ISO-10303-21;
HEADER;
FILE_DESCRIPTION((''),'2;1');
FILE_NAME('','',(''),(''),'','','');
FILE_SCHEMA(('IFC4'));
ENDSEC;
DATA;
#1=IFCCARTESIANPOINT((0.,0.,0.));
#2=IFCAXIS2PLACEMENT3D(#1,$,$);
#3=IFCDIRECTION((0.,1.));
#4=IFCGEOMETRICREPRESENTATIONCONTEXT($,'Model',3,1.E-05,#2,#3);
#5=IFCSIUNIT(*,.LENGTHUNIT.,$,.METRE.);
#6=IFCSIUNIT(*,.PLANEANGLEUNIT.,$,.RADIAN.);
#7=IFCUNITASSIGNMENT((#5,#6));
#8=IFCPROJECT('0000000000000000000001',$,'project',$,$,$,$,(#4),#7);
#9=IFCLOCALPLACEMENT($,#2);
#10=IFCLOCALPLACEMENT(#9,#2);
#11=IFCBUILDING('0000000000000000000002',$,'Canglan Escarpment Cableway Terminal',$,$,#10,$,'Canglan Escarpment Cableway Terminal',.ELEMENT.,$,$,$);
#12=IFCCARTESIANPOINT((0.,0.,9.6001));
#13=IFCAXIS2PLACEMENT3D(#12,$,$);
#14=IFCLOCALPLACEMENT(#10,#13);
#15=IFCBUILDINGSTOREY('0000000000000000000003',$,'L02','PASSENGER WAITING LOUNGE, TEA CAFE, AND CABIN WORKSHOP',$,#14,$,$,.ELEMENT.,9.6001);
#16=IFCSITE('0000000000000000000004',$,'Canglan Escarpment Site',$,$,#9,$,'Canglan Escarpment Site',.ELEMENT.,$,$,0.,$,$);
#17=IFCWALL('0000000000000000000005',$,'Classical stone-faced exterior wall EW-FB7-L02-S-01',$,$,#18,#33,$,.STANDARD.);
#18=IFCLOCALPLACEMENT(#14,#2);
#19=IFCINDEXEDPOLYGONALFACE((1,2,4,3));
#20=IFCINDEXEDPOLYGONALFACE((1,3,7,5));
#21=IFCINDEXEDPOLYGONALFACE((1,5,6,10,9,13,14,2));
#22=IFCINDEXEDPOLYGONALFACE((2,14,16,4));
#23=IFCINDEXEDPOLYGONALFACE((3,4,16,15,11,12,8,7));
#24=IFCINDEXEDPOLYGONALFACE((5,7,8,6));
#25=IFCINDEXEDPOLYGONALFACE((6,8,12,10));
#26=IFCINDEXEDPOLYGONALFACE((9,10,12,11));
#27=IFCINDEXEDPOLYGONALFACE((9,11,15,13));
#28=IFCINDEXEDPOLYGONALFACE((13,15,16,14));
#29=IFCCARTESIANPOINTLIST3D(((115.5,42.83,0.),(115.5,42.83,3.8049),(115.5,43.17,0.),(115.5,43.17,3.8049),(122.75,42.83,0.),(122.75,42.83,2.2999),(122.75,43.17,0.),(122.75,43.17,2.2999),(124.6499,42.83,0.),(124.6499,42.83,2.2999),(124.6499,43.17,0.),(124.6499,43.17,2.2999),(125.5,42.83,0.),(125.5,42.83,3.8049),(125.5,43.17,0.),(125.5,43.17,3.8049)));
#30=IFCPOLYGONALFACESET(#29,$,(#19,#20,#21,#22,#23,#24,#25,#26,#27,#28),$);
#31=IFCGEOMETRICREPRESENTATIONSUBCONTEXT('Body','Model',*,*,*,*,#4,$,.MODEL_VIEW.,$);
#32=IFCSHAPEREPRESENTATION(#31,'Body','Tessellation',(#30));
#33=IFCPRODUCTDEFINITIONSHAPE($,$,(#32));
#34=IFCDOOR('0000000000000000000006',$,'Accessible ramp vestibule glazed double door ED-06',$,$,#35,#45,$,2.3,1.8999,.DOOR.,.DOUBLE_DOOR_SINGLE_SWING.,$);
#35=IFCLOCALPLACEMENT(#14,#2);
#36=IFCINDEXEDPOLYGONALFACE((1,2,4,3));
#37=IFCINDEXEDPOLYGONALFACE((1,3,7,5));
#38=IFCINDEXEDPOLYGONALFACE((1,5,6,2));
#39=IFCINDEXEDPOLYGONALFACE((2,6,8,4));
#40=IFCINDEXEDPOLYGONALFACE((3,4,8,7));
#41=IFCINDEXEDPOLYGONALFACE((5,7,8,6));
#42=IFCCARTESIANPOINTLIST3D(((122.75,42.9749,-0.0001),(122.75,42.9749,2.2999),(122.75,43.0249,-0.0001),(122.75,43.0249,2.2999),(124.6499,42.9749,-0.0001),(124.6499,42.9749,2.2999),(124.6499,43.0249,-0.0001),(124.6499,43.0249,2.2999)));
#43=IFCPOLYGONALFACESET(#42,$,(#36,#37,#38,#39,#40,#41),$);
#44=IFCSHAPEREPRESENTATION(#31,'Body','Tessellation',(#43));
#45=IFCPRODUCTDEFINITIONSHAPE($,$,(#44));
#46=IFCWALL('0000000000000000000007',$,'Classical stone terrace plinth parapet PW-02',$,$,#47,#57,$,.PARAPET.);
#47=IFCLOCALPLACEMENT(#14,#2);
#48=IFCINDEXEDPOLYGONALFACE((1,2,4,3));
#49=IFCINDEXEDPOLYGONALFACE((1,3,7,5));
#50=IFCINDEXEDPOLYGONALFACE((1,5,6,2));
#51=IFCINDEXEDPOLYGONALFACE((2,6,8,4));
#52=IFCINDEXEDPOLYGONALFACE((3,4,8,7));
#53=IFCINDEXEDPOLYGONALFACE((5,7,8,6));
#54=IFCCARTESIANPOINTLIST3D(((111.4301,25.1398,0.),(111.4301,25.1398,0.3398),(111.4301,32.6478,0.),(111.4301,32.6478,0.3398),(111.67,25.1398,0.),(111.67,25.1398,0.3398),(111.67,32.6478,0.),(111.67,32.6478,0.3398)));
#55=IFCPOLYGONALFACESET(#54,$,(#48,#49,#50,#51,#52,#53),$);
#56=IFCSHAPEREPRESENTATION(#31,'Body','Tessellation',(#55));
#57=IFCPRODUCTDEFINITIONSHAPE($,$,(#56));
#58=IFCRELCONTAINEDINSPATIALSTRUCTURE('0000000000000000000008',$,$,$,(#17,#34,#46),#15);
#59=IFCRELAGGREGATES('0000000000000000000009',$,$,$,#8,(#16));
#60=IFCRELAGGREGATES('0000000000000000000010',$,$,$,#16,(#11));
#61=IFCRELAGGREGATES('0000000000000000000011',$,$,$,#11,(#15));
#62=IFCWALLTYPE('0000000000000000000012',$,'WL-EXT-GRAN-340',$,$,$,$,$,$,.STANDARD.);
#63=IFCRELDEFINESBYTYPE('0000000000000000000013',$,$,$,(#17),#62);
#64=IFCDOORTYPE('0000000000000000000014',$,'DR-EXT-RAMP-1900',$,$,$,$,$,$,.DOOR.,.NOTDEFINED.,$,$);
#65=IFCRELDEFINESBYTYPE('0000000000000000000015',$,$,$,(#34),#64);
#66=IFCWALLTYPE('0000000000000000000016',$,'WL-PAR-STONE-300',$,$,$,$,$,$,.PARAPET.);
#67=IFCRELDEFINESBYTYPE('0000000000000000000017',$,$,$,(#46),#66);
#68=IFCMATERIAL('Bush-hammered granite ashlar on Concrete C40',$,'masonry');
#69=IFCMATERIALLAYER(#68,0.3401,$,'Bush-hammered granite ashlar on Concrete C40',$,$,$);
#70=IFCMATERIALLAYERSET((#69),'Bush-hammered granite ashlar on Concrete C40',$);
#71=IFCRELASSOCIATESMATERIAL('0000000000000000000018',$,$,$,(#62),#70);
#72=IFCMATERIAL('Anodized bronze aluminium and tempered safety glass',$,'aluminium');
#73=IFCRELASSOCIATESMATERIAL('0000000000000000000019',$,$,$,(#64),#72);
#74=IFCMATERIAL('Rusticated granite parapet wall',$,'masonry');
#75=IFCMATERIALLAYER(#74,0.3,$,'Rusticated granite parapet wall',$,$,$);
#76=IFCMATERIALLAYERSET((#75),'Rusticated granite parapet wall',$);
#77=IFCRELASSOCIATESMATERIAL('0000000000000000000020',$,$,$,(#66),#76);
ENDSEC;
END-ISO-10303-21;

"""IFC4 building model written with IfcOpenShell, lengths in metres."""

from ifc_helpers import new_model, si_unit, direction, frame, frame_2d, origin, place, context, subcontext, project, spatial, rectangle, extrude, material, layer, layer_set, type_object, element, fill, save


model = new_model("IFC4")

# Units and contexts
model_context = context("Model", 3, precision=1e-05, world=origin(), true_north=direction((0.0, 1.0)))
body_context = subcontext(model_context, "Body", "Model", "MODEL_VIEW")
ifc_project = project(units=[si_unit("LENGTHUNIT", "METRE"), si_unit("PLANEANGLEUNIT", "RADIAN")], contexts=[model_context])

# Site, building, storey
site_placement = place(None, origin())
site = spatial("IfcSite", under=ifc_project, at=site_placement, Name="Canglan Escarpment Site", LongName="Canglan Escarpment Site", CompositionType="ELEMENT", RefElevation=0.0)
building_placement = place(site_placement, origin())
building = spatial("IfcBuilding", under=site, at=building_placement, Name="Canglan Escarpment Cableway Terminal", LongName="Canglan Escarpment Cableway Terminal", CompositionType="ELEMENT")
storey_placement = place(building_placement, frame((0.0, 0.0, 9.6001)))
storey = spatial("IfcBuildingStorey", under=building, at=storey_placement, Name="L02", Description="PASSENGER WAITING LOUNGE, TEA CAFE, AND CABIN WORKSHOP", CompositionType="ELEMENT", Elevation=9.6001)

# Wall, opening, door
ifc_material_1 = material(Name="Bush-hammered granite ashlar on Concrete C40", Category="masonry")
ifc_layer_1 = layer(ifc_material_1, 0.3401, Name="Bush-hammered granite ashlar on Concrete C40")
ifc_layer_set_1 = layer_set([ifc_layer_1], Name="Bush-hammered granite ashlar on Concrete C40")
wall_type_1 = type_object("IfcWallType", Name="WL-EXT-GRAN-340", PredefinedType="STANDARD", material=ifc_layer_set_1)
wall_1_placement = place(storey_placement, frame((115.5, 43.0, 0.0), z_axis=(0.0, 0.0, 1.0), x_axis=(1.0, 0.0, 0.0)))
wall_1 = element("IfcWall", 1, at=wall_1_placement, inside=storey, type_object=wall_type_1, Name="Classical stone-faced exterior wall EW-FB7-L02-S-01", PredefinedType="STANDARD", context=body_context, shape_type="SweptSolid", body=[
    extrude(rectangle(XDim=10.0, YDim=0.3401, at=frame_2d((5.0, 0.0))), origin(), (0.0, 0.0, 1.0), 3.8049),
])
opening_placement = place(wall_1_placement, frame((7.25, 0.0, 0.0)))
opening = element("IfcOpeningElement", 2, at=opening_placement, cuts=wall_1, PredefinedType="OPENING", context=body_context, shape_type="SweptSolid", body=[
    extrude(rectangle(XDim=1.8999, YDim=2.3, at=frame_2d((0.95, 1.1499))), frame((0.0, 0.1802, 0.0), z_axis=(0.0, -1.0, 0.0), x_axis=(1.0, 0.0, 0.0)), (0.0, 0.0, 1.0), 0.3601),
])
ifc_material_2 = material(Name="Anodized bronze aluminium and tempered safety glass", Category="aluminium")
door_type = type_object("IfcDoorType", Name="DR-EXT-RAMP-1900", OperationType="NOTDEFINED", PredefinedType="DOOR", material=ifc_material_2)
door_placement = place(opening_placement, origin())
door = element("IfcDoor", 3, at=door_placement, inside=storey, type_object=door_type, Name="Accessible ramp vestibule glazed double door ED-06", OperationType="DOUBLE_DOOR_SINGLE_SWING", OverallHeight=2.3, OverallWidth=1.8999, PredefinedType="DOOR", context=body_context, shape_type="SweptSolid", body=[
    extrude(rectangle(XDim=1.8999, YDim=2.3, at=frame_2d((0.95, 1.1499))), frame((0.0, 0.0249, 0.0), z_axis=(0.0, -1.0, 0.0), x_axis=(1.0, 0.0, 0.0)), (0.0, 0.0, 1.0), 0.05),
])
fill(opening, door)

# Wall
ifc_material_3 = material(Name="Rusticated granite parapet wall", Category="masonry")
ifc_layer_2 = layer(ifc_material_3, 0.3, Name="Rusticated granite parapet wall")
ifc_layer_set_2 = layer_set([ifc_layer_2], Name="Rusticated granite parapet wall")
wall_type_2 = type_object("IfcWallType", Name="WL-PAR-STONE-300", PredefinedType="PARAPET", material=ifc_layer_set_2)
wall_2_placement = place(storey_placement, frame((111.55, 25.1399, 0.0), z_axis=(0.0, 0.0, 1.0), x_axis=(0.0, 1.0, 0.0)))
element("IfcWall", 4, at=wall_2_placement, inside=storey, type_object=wall_type_2, Name="Classical stone terrace plinth parapet PW-02", PredefinedType="PARAPET", context=body_context, shape_type="SweptSolid", body=[
    extrude(rectangle(XDim=7.5081, YDim=0.24, at=frame_2d((3.7539, 0.0))), origin(), (0.0, 0.0, 1.0), 0.3398),
])

save(model, "model.ifc")
